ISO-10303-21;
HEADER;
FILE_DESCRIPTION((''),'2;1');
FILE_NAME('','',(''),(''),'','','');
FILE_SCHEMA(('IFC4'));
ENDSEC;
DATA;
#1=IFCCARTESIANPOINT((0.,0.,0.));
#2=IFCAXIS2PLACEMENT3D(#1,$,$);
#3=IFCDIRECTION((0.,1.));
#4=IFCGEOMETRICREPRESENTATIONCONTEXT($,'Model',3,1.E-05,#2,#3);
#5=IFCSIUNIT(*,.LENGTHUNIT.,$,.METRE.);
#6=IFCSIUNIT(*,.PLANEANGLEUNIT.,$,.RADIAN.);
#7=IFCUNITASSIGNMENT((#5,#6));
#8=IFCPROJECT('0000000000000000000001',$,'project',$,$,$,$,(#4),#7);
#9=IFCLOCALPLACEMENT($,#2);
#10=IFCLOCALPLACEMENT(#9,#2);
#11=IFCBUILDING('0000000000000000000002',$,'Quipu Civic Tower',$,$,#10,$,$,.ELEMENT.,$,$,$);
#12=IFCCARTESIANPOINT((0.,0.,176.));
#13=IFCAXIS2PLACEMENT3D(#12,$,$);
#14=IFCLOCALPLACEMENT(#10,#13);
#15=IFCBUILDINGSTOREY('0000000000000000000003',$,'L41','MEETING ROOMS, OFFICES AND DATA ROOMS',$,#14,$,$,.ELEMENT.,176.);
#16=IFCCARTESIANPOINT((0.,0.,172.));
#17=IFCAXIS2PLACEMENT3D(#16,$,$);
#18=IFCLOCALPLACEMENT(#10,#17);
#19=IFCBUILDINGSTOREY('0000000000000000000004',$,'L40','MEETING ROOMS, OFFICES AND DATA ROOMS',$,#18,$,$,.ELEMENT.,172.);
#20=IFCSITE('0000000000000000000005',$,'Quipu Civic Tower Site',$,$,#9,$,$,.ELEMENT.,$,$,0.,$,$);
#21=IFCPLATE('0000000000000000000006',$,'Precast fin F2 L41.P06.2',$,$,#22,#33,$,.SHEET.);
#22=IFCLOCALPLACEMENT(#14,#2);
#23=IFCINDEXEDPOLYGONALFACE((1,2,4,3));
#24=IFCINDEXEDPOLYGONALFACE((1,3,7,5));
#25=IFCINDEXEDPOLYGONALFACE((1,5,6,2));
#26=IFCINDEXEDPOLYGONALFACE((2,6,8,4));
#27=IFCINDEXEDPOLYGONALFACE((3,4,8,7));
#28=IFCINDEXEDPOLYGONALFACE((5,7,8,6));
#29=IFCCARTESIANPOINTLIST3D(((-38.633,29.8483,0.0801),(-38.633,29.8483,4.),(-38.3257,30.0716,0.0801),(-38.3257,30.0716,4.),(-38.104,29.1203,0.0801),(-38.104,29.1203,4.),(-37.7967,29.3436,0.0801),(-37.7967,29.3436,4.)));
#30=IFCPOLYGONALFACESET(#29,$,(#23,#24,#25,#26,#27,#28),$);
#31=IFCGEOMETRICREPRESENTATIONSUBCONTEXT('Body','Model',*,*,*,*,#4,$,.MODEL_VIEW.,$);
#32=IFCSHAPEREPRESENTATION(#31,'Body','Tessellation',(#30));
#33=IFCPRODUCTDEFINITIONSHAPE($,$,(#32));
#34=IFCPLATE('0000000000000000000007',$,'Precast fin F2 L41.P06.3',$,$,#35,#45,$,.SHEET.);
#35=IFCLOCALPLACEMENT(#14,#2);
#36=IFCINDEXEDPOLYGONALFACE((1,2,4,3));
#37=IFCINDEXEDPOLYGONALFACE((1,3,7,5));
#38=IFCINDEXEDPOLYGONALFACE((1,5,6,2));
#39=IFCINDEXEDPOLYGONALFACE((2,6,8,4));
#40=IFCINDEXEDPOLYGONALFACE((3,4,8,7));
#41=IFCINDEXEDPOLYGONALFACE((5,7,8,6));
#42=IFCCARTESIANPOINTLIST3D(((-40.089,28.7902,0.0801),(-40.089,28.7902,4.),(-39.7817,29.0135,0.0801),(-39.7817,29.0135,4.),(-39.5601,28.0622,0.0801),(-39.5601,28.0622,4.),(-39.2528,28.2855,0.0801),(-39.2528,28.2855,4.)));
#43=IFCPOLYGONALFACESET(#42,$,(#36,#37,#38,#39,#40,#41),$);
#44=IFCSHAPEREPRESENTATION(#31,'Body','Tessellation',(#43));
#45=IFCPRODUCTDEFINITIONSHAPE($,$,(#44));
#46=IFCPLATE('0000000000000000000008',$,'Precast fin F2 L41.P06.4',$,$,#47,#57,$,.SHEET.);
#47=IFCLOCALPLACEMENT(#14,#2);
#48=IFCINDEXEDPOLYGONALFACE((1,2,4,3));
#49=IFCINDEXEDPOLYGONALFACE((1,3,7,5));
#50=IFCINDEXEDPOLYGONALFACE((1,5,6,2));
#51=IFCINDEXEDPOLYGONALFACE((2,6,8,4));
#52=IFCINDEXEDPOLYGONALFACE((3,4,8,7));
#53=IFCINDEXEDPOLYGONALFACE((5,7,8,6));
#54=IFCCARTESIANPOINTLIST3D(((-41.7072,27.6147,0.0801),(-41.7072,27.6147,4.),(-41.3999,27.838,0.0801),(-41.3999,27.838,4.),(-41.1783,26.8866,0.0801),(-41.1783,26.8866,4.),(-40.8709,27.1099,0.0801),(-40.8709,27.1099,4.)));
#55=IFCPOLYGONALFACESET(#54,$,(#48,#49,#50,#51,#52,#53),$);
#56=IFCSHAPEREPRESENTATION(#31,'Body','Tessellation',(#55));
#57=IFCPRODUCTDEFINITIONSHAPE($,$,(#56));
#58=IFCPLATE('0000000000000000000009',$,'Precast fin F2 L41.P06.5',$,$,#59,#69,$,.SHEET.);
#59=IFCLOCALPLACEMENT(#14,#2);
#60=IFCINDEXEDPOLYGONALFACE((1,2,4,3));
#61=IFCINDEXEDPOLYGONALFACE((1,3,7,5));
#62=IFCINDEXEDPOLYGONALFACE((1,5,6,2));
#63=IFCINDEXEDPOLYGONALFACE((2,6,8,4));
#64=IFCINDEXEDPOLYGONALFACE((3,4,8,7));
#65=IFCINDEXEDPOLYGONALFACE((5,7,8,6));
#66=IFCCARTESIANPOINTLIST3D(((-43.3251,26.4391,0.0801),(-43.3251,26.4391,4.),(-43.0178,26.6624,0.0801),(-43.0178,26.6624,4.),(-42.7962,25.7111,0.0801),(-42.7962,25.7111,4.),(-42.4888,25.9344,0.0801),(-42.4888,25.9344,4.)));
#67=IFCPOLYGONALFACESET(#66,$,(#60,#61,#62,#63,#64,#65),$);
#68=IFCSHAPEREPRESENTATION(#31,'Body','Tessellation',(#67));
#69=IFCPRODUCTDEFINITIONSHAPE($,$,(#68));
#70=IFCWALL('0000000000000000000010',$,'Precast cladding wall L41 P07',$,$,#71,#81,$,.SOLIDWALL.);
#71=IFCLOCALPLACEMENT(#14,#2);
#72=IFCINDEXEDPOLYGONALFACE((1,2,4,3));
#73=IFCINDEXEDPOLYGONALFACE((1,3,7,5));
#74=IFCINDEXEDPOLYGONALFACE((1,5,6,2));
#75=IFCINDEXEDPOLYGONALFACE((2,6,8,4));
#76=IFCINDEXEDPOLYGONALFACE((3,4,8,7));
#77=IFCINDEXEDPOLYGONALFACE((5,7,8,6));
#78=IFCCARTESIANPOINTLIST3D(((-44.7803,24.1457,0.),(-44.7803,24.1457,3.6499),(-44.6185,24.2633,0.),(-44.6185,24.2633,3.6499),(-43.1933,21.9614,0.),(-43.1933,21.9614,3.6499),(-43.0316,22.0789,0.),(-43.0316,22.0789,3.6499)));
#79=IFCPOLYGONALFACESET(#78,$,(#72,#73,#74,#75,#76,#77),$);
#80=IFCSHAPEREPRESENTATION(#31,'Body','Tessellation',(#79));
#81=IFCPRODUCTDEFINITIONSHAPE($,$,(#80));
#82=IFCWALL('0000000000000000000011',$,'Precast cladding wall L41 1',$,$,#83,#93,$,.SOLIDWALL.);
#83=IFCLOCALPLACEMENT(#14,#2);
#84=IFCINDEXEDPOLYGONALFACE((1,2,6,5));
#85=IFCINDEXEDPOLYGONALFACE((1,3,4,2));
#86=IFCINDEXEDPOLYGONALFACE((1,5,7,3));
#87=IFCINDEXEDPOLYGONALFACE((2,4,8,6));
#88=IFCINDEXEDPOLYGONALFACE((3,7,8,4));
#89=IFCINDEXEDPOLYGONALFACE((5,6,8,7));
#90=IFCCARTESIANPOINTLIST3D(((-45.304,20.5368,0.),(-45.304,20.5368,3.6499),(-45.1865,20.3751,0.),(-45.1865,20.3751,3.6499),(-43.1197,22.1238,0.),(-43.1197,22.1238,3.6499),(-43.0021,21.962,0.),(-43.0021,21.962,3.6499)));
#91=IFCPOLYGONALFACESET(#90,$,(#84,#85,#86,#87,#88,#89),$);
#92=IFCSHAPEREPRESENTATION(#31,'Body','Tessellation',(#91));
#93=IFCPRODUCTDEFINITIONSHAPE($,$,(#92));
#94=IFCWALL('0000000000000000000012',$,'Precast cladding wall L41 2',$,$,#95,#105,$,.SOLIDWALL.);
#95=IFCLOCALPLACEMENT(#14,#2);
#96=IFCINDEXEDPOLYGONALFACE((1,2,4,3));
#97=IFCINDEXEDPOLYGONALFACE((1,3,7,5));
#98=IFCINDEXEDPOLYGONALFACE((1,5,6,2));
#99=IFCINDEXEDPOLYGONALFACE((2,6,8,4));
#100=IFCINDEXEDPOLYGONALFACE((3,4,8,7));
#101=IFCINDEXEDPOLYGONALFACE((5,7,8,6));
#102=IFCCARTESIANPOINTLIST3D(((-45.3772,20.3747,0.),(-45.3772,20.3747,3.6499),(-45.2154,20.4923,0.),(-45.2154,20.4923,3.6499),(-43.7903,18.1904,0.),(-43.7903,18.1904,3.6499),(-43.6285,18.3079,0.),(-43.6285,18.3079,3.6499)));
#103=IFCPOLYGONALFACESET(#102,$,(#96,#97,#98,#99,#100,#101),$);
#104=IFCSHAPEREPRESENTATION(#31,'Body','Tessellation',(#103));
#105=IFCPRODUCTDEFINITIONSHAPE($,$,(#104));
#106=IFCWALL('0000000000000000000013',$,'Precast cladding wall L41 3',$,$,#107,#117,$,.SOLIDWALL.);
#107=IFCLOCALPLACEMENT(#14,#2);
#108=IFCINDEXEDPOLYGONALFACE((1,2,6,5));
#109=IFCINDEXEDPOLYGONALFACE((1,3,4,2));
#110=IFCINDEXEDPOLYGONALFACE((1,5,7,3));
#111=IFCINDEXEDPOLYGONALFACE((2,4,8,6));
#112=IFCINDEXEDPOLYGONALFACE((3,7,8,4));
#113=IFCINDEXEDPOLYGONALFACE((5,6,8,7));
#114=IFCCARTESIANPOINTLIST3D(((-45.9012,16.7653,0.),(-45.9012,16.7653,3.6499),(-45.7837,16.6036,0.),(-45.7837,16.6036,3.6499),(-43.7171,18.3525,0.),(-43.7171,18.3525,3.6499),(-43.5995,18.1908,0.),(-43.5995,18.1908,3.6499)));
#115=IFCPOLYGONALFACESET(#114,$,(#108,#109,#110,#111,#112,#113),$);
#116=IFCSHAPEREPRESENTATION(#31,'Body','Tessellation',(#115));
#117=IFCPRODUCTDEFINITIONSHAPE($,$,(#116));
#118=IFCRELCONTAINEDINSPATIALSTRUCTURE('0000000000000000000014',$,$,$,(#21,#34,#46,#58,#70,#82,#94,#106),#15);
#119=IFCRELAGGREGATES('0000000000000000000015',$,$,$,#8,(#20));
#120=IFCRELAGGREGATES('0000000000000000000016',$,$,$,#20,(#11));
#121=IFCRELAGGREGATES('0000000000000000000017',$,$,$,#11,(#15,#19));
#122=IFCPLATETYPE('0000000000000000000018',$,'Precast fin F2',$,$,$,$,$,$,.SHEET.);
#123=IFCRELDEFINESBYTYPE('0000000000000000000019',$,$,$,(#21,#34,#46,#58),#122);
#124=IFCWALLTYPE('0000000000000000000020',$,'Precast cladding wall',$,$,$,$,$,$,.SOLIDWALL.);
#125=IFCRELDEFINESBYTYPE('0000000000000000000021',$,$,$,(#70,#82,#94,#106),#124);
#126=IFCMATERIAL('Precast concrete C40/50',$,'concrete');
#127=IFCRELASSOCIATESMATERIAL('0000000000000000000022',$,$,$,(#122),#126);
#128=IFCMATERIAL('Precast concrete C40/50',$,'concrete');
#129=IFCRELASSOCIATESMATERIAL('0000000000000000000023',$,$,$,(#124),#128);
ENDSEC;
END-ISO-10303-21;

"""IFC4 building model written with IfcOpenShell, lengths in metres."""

from ifc_helpers import new_model, si_unit, direction, frame, frame_2d, origin, origin_2d, place, context, subcontext, project, spatial, rectangle, extrude, material, type_object, element, save


model = new_model("IFC4")

# Units and contexts
model_context = context("Model", 3, precision=1e-05, world=origin(), true_north=direction((0.0, 1.0)))
body_context = subcontext(model_context, "Body", "Model", "MODEL_VIEW")
ifc_project = project(units=[si_unit("LENGTHUNIT", "METRE"), si_unit("PLANEANGLEUNIT", "RADIAN")], contexts=[model_context])

# Site, building, storey
site_placement = place(None, origin())
site = spatial("IfcSite", under=ifc_project, at=site_placement, Name="Quipu Civic Tower Site", CompositionType="ELEMENT", RefElevation=0.0)
building_placement = place(site_placement, origin())
building = spatial("IfcBuilding", under=site, at=building_placement, Name="Quipu Civic Tower", CompositionType="ELEMENT")
storey_1_placement = place(building_placement, frame((0.0, 0.0, 176.0)))
storey_1 = spatial("IfcBuildingStorey", under=building, at=storey_1_placement, Name="L41", Description="MEETING ROOMS, OFFICES AND DATA ROOMS", CompositionType="ELEMENT", Elevation=176.0)

# Shared definitions
storey_2_placement = place(building_placement, frame((0.0, 0.0, 172.0)))
storey_2 = spatial("IfcBuildingStorey", under=building, at=storey_2_placement, Name="L40", Description="MEETING ROOMS, OFFICES AND DATA ROOMS", CompositionType="ELEMENT", Elevation=172.0)

# Plates
ifc_material_1 = material(Name="Precast concrete C40/50", Category="concrete")
plate_type_1 = type_object("IfcPlateType", Name="Precast fin F2", PredefinedType="SHEET", material=ifc_material_1)
for number, where, z_axis, x_axis, name in (
    (1, (-38.2148, 29.5959, 0.0801), (0.0, 0.0, 1.0), (-0.809017, -0.587785, 0.0), "Precast fin F2 L41.P06.2"),
    (2, (-39.6709, 28.5378, 0.0801), (0.0, 0.0, 1.0), (-0.809017, -0.587785, 0.0), "Precast fin F2 L41.P06.3"),
    (3, (-41.2891, 27.3623, 0.0801), (0.0, 0.0, 1.0), (-0.809017, -0.587785, 0.0), "Precast fin F2 L41.P06.4"),
    (4, (-42.907, 26.1868, 0.0801), (0.0, 0.0, 1.0), (-0.809017, -0.587785, 0.0), "Precast fin F2 L41.P06.5"),
):
    element("IfcPlate", number, at=place(storey_1_placement, frame(where, z_axis=z_axis, x_axis=x_axis)), inside=storey_1, type_object=plate_type_1, Name=name, PredefinedType="SHEET", context=body_context, shape_type="SweptSolid", body=[
        extrude(rectangle(XDim=0.3799, YDim=0.8999, at=origin_2d()), origin(), (0.0, 0.0, 1.0), 3.9199),
    ])

# Walls
ifc_material_2 = material(Name="Precast concrete C40/50", Category="concrete")
wall_type = type_object("IfcWallType", Name="Precast cladding wall", PredefinedType="SOLIDWALL", material=ifc_material_2)
for number, where, z_axis, x_axis, name in (
    (5, (-44.6995, 24.2046, 0.0), (0.0, 0.0, 1.0), (0.587763, -0.809033, 0.0), "Precast cladding wall L41 P07"),
    (6, (-43.0608, 22.043, 0.0), (0.0, 0.0, 1.0), (-0.809033, -0.587763, 0.0), "Precast cladding wall L41 1"),
    (7, (-45.2964, 20.4336, 0.0), (0.0, 0.0, 1.0), (0.587763, -0.809033, 0.0), "Precast cladding wall L41 2"),
    (8, (-43.6582, 18.2717, 0.0), (0.0, 0.0, 1.0), (-0.808959, -0.587865, 0.0), "Precast cladding wall L41 3"),
):
    element("IfcWall", number, at=place(storey_1_placement, frame(where, z_axis=z_axis, x_axis=x_axis)), inside=storey_1, type_object=wall_type, Name=name, PredefinedType="SOLIDWALL", context=body_context, shape_type="SweptSolid", body=[
        extrude(rectangle(XDim=2.7, YDim=0.2, at=frame_2d((1.3501, 0.0))), origin(), (0.0, 0.0, 1.0), 3.6499),
    ])

save(model, "model.ifc")
